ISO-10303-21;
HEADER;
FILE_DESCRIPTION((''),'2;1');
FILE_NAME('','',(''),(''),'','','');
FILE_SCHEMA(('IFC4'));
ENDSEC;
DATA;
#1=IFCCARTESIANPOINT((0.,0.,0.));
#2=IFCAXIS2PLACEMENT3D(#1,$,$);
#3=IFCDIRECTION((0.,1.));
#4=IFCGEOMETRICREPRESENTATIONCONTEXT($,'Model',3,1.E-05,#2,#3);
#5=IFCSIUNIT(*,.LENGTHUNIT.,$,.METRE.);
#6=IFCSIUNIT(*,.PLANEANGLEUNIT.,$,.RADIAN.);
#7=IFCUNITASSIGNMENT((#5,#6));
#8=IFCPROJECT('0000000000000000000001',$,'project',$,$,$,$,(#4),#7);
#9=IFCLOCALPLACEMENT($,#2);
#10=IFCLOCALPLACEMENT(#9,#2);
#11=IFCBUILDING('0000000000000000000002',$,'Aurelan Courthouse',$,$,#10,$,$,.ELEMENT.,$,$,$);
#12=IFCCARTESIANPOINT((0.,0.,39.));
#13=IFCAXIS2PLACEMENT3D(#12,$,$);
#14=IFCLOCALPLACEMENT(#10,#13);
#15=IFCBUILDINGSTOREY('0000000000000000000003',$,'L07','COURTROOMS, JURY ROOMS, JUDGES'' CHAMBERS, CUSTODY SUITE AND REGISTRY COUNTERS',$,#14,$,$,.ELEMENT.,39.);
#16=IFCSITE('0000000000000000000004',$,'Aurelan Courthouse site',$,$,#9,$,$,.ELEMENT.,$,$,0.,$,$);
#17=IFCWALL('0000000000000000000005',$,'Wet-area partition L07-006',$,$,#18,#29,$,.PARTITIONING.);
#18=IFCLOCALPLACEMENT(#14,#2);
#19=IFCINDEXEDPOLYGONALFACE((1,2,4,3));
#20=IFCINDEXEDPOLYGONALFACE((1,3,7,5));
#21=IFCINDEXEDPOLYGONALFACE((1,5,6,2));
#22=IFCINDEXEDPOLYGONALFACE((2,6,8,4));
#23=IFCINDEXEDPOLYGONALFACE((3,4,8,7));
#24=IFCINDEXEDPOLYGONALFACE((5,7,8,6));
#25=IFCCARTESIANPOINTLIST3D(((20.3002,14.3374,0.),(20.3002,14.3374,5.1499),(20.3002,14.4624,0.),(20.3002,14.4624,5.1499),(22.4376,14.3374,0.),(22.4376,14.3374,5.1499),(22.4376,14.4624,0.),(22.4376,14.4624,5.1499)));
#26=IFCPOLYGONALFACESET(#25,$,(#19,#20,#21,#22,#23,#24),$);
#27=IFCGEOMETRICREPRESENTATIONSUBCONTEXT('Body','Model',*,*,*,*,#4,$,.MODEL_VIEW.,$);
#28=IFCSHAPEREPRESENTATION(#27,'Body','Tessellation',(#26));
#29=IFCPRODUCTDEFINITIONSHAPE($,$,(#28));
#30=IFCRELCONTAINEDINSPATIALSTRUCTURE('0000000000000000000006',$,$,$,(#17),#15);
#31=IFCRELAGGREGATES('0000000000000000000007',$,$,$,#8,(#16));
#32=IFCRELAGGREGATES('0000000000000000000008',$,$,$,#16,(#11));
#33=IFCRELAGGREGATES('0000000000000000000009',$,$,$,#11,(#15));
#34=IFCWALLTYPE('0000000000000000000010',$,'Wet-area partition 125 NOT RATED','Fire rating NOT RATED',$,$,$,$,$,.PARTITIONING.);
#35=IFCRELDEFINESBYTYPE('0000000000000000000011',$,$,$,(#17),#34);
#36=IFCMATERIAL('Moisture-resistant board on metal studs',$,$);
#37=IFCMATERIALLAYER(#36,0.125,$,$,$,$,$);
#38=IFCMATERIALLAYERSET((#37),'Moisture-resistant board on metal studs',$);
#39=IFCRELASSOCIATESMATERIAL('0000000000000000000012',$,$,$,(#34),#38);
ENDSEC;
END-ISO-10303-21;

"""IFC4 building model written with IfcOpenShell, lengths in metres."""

from ifc_helpers import new_model, si_unit, direction, frame, frame_2d, origin, place, context, subcontext, project, spatial, rectangle, extrude, material, layer, layer_set, type_object, element, save


model = new_model("IFC4")

# Units and contexts
model_context = context("Model", 3, precision=1e-05, world=origin(), true_north=direction((0.0, 1.0)))
body_context = subcontext(model_context, "Body", "Model", "MODEL_VIEW")
ifc_project = project(units=[si_unit("LENGTHUNIT", "METRE"), si_unit("PLANEANGLEUNIT", "RADIAN")], contexts=[model_context])

# Site, building, storey
site_placement = place(None, origin())
site = spatial("IfcSite", under=ifc_project, at=site_placement, Name="Aurelan Courthouse site", CompositionType="ELEMENT", RefElevation=0.0)
building_placement = place(site_placement, origin())
building = spatial("IfcBuilding", under=site, at=building_placement, Name="Aurelan Courthouse", CompositionType="ELEMENT")
storey_placement = place(building_placement, frame((0.0, 0.0, 39.0)))
storey = spatial("IfcBuildingStorey", under=building, at=storey_placement, Name="L07", Description="COURTROOMS, JURY ROOMS, JUDGES' CHAMBERS, CUSTODY SUITE AND REGISTRY COUNTERS", CompositionType="ELEMENT", Elevation=39.0)

# Wall
ifc_material_1 = material(Name="Moisture-resistant board on metal studs")
ifc_layer_1 = layer(ifc_material_1, 0.125)
ifc_layer_set_1 = layer_set([ifc_layer_1], Name="Moisture-resistant board on metal studs")
wall_type_1 = type_object("IfcWallType", Name="Wet-area partition 125 NOT RATED", Description="Fire rating NOT RATED", PredefinedType="PARTITIONING", material=ifc_layer_set_1)
wall_1_placement = place(storey_placement, frame((20.3, 14.3999, 0.0), z_axis=(0.0, 0.0, 1.0), x_axis=(1.0, 0.0, 0.0)))
element("IfcWall", 1, at=wall_1_placement, inside=storey, type_object=wall_type_1, Name="Wet-area partition L07-006", PredefinedType="PARTITIONING", context=body_context, shape_type="SweptSolid", body=[
    extrude(rectangle(XDim=2.1375, YDim=0.125, at=frame_2d((1.0688, 0.0))), origin(), (0.0, 0.0, 1.0), 5.1499),
])

save(model, "model.ifc")
